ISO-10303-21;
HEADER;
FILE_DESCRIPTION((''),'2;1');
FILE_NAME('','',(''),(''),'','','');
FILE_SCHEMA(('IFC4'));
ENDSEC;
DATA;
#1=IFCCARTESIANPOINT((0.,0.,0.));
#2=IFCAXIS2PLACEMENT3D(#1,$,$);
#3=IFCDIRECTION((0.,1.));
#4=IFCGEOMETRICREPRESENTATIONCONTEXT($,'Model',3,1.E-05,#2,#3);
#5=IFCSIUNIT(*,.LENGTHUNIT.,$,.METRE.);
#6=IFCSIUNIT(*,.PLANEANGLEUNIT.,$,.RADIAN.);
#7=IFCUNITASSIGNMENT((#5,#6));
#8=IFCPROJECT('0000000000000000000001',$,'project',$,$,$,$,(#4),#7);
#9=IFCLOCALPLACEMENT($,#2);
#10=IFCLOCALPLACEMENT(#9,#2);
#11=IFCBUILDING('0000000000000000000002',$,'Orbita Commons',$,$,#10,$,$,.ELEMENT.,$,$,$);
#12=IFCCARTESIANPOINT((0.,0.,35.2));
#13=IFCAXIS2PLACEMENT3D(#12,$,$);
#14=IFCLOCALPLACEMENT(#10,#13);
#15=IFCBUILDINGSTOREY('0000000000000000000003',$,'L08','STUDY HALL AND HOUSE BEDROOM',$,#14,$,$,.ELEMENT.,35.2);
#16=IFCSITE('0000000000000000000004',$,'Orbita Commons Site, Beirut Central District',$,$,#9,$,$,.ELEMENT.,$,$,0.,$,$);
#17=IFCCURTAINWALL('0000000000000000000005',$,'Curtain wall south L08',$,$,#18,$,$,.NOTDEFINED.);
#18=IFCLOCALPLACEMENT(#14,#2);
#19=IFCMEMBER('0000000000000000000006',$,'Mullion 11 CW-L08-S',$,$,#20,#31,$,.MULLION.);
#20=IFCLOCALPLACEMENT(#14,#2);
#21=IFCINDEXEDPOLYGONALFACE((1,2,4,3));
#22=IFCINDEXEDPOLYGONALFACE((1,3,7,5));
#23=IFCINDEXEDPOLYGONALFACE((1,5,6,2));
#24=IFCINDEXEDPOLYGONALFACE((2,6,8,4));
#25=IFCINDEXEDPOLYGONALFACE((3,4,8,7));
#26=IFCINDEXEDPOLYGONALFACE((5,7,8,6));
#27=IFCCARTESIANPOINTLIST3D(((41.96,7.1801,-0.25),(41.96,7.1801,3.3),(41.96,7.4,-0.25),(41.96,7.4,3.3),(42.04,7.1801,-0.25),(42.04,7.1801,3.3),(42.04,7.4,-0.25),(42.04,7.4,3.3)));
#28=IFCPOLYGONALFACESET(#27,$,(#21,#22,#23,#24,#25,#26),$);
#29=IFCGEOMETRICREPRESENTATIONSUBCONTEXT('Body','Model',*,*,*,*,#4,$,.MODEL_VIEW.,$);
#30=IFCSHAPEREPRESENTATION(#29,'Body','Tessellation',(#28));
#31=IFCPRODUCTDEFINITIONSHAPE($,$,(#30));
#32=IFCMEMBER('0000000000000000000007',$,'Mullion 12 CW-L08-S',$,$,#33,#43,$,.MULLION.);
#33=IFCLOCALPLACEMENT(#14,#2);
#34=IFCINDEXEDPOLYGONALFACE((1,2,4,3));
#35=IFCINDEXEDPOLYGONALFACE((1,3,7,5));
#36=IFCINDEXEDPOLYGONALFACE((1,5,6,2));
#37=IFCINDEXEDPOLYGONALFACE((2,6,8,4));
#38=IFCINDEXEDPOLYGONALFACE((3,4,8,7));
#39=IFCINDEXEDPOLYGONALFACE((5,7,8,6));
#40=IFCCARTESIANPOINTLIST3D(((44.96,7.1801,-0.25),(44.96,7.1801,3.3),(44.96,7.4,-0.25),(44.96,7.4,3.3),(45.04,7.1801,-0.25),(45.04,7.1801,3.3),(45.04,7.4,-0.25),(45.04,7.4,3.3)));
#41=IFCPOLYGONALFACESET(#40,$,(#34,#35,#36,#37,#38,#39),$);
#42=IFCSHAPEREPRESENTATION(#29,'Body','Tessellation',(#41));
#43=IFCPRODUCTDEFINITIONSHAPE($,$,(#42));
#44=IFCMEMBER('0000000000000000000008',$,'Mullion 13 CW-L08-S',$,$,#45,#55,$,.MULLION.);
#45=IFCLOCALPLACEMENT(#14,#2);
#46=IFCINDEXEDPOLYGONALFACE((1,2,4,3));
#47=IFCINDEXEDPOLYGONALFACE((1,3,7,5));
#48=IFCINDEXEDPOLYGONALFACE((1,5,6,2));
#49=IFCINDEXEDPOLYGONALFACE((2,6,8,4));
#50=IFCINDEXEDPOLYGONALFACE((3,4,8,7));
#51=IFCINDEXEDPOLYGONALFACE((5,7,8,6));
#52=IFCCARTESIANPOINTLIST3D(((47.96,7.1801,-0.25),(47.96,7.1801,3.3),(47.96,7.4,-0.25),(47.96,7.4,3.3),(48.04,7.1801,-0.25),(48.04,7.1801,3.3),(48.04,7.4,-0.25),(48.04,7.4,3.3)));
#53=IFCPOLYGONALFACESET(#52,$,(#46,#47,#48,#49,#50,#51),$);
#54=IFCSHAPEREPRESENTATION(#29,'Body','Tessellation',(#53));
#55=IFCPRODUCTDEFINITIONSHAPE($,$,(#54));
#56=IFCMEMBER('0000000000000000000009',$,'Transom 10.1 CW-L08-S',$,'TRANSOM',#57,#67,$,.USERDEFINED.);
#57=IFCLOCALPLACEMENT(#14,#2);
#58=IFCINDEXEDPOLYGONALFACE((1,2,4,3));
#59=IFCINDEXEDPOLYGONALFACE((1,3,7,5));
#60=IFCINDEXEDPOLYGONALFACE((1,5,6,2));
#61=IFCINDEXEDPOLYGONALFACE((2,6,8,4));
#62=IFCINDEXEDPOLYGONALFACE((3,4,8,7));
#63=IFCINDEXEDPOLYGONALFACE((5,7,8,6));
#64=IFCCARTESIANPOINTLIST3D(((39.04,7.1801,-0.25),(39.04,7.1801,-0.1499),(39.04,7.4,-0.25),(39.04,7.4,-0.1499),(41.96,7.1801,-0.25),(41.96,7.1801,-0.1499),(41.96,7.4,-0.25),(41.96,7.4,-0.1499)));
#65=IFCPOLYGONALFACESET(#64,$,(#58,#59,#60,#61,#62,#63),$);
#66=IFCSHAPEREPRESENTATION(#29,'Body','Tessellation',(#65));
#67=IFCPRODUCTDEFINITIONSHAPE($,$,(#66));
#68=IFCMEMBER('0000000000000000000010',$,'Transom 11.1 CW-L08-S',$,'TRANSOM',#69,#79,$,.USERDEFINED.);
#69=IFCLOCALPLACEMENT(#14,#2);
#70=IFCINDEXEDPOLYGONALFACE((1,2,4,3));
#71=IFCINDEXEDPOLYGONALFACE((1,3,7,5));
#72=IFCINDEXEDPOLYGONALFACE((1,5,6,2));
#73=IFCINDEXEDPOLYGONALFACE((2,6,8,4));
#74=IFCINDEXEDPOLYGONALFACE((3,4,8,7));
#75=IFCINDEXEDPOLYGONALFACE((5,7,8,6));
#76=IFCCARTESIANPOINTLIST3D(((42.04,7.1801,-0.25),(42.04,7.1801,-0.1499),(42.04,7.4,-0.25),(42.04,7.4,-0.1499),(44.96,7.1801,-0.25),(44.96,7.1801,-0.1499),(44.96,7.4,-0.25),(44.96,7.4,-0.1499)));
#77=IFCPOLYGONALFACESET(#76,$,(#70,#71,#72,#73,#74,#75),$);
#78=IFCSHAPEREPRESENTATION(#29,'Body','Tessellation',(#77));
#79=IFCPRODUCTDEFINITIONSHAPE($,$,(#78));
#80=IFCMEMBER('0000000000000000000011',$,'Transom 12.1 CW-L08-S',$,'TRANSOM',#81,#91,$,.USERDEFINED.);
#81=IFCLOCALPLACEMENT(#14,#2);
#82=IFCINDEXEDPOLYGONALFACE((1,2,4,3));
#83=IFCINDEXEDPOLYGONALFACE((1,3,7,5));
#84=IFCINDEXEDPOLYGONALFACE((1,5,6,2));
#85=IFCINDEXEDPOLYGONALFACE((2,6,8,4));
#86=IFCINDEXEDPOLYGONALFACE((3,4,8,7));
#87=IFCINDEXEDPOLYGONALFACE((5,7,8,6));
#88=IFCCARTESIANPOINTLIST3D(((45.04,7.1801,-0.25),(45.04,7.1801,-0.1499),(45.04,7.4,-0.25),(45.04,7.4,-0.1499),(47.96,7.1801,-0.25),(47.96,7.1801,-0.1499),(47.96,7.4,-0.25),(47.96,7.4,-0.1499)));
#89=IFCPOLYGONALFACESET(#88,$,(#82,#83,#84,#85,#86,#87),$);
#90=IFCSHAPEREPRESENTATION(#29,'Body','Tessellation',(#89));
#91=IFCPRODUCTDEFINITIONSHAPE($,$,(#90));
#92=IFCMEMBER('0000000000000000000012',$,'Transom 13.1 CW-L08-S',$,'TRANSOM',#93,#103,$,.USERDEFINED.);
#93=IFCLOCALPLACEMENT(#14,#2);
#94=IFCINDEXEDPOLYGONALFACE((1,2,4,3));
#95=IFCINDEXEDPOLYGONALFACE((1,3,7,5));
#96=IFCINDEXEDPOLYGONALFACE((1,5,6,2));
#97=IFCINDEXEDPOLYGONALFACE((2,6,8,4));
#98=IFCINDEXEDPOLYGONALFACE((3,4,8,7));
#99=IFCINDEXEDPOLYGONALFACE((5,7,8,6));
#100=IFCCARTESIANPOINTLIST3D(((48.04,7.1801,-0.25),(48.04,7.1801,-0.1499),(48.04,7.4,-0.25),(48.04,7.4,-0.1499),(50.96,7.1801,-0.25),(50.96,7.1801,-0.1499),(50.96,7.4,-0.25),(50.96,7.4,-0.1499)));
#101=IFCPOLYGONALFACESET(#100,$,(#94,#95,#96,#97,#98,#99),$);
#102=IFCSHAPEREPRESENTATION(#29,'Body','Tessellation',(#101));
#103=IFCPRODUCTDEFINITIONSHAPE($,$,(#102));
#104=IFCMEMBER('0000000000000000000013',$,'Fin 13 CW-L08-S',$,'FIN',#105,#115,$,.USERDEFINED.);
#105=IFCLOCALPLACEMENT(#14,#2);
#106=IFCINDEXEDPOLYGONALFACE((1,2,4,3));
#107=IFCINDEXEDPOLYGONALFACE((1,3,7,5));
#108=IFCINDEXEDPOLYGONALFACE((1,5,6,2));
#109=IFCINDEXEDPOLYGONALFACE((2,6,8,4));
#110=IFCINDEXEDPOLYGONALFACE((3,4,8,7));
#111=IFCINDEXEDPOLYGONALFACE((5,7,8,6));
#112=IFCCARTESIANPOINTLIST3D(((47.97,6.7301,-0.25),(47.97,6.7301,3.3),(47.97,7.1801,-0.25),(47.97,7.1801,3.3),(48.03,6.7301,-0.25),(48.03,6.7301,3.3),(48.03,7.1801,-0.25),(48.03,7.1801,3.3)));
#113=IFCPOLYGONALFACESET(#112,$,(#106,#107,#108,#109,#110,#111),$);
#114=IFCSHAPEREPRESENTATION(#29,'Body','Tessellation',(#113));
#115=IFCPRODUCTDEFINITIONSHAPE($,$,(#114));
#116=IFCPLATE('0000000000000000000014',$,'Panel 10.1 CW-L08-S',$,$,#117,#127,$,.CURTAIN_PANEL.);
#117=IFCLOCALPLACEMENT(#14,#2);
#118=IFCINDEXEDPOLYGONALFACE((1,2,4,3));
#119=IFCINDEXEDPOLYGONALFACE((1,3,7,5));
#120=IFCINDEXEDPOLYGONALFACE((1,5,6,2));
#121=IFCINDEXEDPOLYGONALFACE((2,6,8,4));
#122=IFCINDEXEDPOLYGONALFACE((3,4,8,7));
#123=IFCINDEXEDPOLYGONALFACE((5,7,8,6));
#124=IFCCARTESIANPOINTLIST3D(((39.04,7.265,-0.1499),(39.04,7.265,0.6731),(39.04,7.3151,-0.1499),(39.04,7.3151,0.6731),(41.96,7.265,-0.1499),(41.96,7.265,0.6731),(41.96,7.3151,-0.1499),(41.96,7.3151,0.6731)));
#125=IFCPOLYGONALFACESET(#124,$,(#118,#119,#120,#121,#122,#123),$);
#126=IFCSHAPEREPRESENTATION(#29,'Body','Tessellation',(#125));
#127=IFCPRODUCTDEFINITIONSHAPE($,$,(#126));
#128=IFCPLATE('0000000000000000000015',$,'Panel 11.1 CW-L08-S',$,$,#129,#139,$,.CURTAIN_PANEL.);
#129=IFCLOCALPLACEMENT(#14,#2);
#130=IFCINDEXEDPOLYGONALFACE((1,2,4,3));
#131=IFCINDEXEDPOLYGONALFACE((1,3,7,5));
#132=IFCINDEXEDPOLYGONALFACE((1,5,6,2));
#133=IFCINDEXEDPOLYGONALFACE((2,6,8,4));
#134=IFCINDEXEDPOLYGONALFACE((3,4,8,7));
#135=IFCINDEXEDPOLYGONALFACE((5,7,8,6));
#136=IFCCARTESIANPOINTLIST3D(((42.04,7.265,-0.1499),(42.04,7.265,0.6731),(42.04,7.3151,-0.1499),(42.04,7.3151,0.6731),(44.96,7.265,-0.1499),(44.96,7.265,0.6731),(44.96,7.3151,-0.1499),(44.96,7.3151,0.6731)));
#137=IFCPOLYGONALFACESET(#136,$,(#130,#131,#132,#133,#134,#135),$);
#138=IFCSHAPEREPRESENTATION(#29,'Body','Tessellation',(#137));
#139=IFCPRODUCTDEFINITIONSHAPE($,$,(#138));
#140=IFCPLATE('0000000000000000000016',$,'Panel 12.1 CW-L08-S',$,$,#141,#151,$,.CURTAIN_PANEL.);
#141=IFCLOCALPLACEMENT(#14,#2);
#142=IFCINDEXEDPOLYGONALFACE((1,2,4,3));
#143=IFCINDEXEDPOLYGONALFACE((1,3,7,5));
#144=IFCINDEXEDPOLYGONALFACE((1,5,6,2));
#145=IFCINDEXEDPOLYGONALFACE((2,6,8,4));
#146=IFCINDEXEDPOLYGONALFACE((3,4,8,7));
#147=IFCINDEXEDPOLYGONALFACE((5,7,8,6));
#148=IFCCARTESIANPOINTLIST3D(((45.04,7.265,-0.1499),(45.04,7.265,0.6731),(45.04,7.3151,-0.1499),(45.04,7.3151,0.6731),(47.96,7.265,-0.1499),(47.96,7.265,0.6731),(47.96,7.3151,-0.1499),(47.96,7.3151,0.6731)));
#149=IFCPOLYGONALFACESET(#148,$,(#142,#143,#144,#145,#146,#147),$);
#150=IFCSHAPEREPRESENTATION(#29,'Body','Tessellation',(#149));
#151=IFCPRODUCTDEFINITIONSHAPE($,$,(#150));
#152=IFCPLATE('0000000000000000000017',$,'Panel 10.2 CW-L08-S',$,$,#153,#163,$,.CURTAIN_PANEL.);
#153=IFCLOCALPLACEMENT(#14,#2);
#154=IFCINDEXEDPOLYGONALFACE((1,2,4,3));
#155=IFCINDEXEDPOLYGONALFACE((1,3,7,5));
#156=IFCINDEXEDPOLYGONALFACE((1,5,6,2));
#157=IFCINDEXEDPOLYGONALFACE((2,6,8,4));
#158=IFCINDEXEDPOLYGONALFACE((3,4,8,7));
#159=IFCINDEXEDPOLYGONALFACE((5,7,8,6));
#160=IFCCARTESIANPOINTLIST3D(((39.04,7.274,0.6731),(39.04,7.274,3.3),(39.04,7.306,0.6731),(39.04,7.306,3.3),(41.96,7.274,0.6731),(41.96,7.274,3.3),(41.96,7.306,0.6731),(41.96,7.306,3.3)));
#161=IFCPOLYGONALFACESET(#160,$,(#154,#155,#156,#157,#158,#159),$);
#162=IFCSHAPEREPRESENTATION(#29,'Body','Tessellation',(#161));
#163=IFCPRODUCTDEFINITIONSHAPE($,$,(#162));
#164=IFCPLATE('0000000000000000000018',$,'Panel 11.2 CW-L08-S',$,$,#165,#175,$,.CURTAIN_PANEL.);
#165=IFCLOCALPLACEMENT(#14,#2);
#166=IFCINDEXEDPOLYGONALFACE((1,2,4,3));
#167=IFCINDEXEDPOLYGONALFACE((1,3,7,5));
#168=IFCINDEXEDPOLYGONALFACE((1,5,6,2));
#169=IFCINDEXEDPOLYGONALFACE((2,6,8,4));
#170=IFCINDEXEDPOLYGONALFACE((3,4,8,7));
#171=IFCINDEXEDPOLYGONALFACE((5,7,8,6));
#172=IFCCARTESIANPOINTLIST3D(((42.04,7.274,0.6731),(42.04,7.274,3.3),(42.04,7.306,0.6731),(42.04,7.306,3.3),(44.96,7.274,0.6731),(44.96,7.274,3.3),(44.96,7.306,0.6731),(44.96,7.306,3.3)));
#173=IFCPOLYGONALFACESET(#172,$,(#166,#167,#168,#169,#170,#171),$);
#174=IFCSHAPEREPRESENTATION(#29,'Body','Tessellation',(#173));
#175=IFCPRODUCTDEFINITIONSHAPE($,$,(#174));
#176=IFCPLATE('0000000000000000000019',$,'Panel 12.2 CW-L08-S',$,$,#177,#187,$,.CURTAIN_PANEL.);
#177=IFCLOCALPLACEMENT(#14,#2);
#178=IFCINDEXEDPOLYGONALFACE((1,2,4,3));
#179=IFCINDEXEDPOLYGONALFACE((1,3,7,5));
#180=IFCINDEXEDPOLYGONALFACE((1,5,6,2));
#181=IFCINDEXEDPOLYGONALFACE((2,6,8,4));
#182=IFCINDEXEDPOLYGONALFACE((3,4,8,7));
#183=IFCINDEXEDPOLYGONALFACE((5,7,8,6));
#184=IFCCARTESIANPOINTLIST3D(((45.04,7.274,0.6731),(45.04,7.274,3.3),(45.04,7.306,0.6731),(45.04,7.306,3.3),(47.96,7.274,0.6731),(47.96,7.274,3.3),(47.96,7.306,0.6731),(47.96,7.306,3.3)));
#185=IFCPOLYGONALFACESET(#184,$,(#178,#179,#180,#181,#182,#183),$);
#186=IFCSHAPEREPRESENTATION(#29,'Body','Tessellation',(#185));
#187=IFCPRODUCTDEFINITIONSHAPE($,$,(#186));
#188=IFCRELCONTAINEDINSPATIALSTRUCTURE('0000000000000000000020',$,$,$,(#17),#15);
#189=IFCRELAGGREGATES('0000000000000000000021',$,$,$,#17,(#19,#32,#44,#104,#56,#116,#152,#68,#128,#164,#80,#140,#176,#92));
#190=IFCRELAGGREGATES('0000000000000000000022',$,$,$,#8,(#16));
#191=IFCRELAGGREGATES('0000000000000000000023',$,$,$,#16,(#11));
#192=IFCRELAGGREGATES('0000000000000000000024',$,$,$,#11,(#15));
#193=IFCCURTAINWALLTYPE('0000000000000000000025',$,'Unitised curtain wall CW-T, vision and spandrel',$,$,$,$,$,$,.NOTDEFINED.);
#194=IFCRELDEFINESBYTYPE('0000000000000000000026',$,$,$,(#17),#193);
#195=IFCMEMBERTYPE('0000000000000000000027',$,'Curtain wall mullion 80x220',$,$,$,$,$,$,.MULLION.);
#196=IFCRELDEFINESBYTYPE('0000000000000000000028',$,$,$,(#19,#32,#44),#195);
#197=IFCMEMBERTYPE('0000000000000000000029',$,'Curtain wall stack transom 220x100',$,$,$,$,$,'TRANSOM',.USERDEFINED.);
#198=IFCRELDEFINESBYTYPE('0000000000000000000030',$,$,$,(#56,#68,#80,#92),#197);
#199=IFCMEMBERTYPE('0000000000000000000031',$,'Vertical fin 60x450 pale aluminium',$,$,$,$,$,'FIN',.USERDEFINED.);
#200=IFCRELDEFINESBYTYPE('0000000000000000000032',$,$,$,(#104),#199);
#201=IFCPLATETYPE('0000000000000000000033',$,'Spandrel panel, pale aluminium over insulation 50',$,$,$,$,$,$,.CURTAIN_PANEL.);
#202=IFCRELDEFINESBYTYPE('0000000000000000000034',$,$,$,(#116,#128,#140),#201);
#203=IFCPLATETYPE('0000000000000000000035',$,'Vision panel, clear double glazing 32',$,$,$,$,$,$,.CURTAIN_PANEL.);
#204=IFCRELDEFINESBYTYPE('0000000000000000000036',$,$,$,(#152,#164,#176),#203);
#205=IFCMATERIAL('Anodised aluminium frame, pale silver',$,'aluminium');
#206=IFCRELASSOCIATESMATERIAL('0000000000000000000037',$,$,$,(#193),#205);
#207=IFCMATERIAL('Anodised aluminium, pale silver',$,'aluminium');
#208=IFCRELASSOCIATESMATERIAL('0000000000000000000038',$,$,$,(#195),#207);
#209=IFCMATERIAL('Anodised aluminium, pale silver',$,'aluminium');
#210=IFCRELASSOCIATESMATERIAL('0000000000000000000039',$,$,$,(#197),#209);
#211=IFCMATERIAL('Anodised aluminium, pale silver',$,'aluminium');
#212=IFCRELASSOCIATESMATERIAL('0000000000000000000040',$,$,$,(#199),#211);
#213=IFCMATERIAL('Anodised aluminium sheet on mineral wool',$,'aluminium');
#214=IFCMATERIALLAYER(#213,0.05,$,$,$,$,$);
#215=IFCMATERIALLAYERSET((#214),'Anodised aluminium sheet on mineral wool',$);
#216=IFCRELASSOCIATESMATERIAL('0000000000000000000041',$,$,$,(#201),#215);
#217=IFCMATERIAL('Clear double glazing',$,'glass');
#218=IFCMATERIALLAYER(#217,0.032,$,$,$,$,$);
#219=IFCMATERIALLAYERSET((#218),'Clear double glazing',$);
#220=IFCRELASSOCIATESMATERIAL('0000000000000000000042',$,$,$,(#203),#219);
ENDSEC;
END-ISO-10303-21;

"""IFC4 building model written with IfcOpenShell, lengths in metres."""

from ifc_helpers import new_model, si_unit, direction, frame, origin, origin_2d, place, context, subcontext, project, spatial, rectangle, extrude, material, layer, layer_set, material_profile, profile_set, type_object, element, aggregate, save


model = new_model("IFC4")

# Units and contexts
model_context = context("Model", 3, precision=1e-05, world=origin(), true_north=direction((0.0, 1.0)))
body_context = subcontext(model_context, "Body", "Model", "MODEL_VIEW")
ifc_project = project(units=[si_unit("LENGTHUNIT", "METRE"), si_unit("PLANEANGLEUNIT", "RADIAN")], contexts=[model_context])

# Site, building, storey
site_placement = place(None, origin())
site = spatial("IfcSite", under=ifc_project, at=site_placement, Name="Orbita Commons Site, Beirut Central District", CompositionType="ELEMENT", RefElevation=0.0)
building_placement = place(site_placement, origin())
building = spatial("IfcBuilding", under=site, at=building_placement, Name="Orbita Commons", CompositionType="ELEMENT")
storey_placement = place(building_placement, frame((0.0, 0.0, 35.2)))
storey = spatial("IfcBuildingStorey", under=building, at=storey_placement, Name="L08", Description="STUDY HALL AND HOUSE BEDROOM", CompositionType="ELEMENT", Elevation=35.2)

# Curtain wall, members, plates
ifc_material_1 = material(Name="Anodised aluminium frame, pale silver", Category="aluminium")
curtain_wall_type = type_object("IfcCurtainWallType", Name="Unitised curtain wall CW-T, vision and spandrel", PredefinedType="NOTDEFINED", material=ifc_material_1)
curtain_wall_placement = place(storey_placement, origin())
curtain_wall = element("IfcCurtainWall", 1, at=curtain_wall_placement, inside=storey, type_object=curtain_wall_type, Name="Curtain wall south L08", PredefinedType="NOTDEFINED")
ifc_material_2 = material(Name="Anodised aluminium, pale silver", Category="aluminium")
ifc_material_profile_1 = material_profile(ifc_material_2, rectangle(XDim=0.0801, YDim=0.22, at=origin_2d()), Name="AL 80x220")
ifc_profile_set_1 = profile_set([ifc_material_profile_1], Name="Anodised aluminium, pale silver")
member_type_1 = type_object("IfcMemberType", Name="Curtain wall mullion 80x220", PredefinedType="MULLION", material=ifc_profile_set_1)
member_1_placement = place(storey_placement, frame((42.0, 7.29, -0.25), z_axis=(0.0, 0.0, 1.0), x_axis=(1.0, 0.0, 0.0)))
member_1 = element("IfcMember", 2, at=member_1_placement, type_object=member_type_1, Name="Mullion 11 CW-L08-S", PredefinedType="MULLION", context=body_context, shape_type="SweptSolid", body=[
    extrude(rectangle(XDim=0.0801, YDim=0.22, at=origin_2d()), origin(), (0.0, 0.0, 1.0), 3.55),
])
member_2_placement = place(storey_placement, frame((45.0, 7.29, -0.25), z_axis=(0.0, 0.0, 1.0), x_axis=(1.0, 0.0, 0.0)))
member_2 = element("IfcMember", 3, at=member_2_placement, type_object=member_type_1, Name="Mullion 12 CW-L08-S", PredefinedType="MULLION", context=body_context, shape_type="SweptSolid", body=[
    extrude(rectangle(XDim=0.0801, YDim=0.22, at=origin_2d()), origin(), (0.0, 0.0, 1.0), 3.55),
])
member_3_placement = place(storey_placement, frame((48.0, 7.29, -0.25), z_axis=(0.0, 0.0, 1.0), x_axis=(1.0, 0.0, 0.0)))
member_3 = element("IfcMember", 4, at=member_3_placement, type_object=member_type_1, Name="Mullion 13 CW-L08-S", PredefinedType="MULLION", context=body_context, shape_type="SweptSolid", body=[
    extrude(rectangle(XDim=0.0801, YDim=0.22, at=origin_2d()), origin(), (0.0, 0.0, 1.0), 3.55),
])
ifc_material_3 = material(Name="Anodised aluminium, pale silver", Category="aluminium")
ifc_material_profile_2 = material_profile(ifc_material_3, rectangle(XDim=0.22, YDim=0.1001, at=origin_2d()), Name="AL 220x100")
ifc_profile_set_2 = profile_set([ifc_material_profile_2], Name="Anodised aluminium, pale silver")
member_type_2 = type_object("IfcMemberType", Name="Curtain wall stack transom 220x100", ElementType="TRANSOM", PredefinedType="USERDEFINED", material=ifc_profile_set_2)
member_4_placement = place(storey_placement, frame((39.04, 7.29, -0.2), z_axis=(1.0, 0.0, 0.0), x_axis=(0.0, 1.0, 0.0)))
member_4 = element("IfcMember", 5, at=member_4_placement, type_object=member_type_2, Name="Transom 10.1 CW-L08-S", ObjectType="TRANSOM", PredefinedType="USERDEFINED", context=body_context, shape_type="SweptSolid", body=[
    extrude(rectangle(XDim=0.22, YDim=0.1001, at=origin_2d()), origin(), (0.0, 0.0, 1.0), 2.9199),
])
member_5_placement = place(storey_placement, frame((42.04, 7.29, -0.2), z_axis=(1.0, 0.0, 0.0), x_axis=(0.0, 1.0, 0.0)))
member_5 = element("IfcMember", 6, at=member_5_placement, type_object=member_type_2, Name="Transom 11.1 CW-L08-S", ObjectType="TRANSOM", PredefinedType="USERDEFINED", context=body_context, shape_type="SweptSolid", body=[
    extrude(rectangle(XDim=0.22, YDim=0.1001, at=origin_2d()), origin(), (0.0, 0.0, 1.0), 2.9199),
])
member_6_placement = place(storey_placement, frame((45.04, 7.29, -0.2), z_axis=(1.0, 0.0, 0.0), x_axis=(0.0, 1.0, 0.0)))
member_6 = element("IfcMember", 7, at=member_6_placement, type_object=member_type_2, Name="Transom 12.1 CW-L08-S", ObjectType="TRANSOM", PredefinedType="USERDEFINED", context=body_context, shape_type="SweptSolid", body=[
    extrude(rectangle(XDim=0.22, YDim=0.1001, at=origin_2d()), origin(), (0.0, 0.0, 1.0), 2.9199),
])
member_7_placement = place(storey_placement, frame((48.04, 7.29, -0.2), z_axis=(1.0, 0.0, 0.0), x_axis=(0.0, 1.0, 0.0)))
member_7 = element("IfcMember", 8, at=member_7_placement, type_object=member_type_2, Name="Transom 13.1 CW-L08-S", ObjectType="TRANSOM", PredefinedType="USERDEFINED", context=body_context, shape_type="SweptSolid", body=[
    extrude(rectangle(XDim=0.22, YDim=0.1001, at=origin_2d()), origin(), (0.0, 0.0, 1.0), 2.9199),
])
ifc_material_4 = material(Name="Anodised aluminium, pale silver", Category="aluminium")
ifc_material_profile_3 = material_profile(ifc_material_4, rectangle(XDim=0.0601, YDim=0.45, at=origin_2d()), Name="FIN 60x450")
ifc_profile_set_3 = profile_set([ifc_material_profile_3], Name="Anodised aluminium, pale silver")
member_type_3 = type_object("IfcMemberType", Name="Vertical fin 60x450 pale aluminium", ElementType="FIN", PredefinedType="USERDEFINED", material=ifc_profile_set_3)
member_8_placement = place(storey_placement, frame((48.0, 6.9551, -0.25), z_axis=(0.0, 0.0, 1.0), x_axis=(1.0, 0.0, 0.0)))
member_8 = element("IfcMember", 9, at=member_8_placement, type_object=member_type_3, Name="Fin 13 CW-L08-S", ObjectType="FIN", PredefinedType="USERDEFINED", context=body_context, shape_type="SweptSolid", body=[
    extrude(rectangle(XDim=0.0601, YDim=0.45, at=origin_2d()), origin(), (0.0, 0.0, 1.0), 3.55),
])
ifc_material_5 = material(Name="Anodised aluminium sheet on mineral wool", Category="aluminium")
ifc_layer_1 = layer(ifc_material_5, 0.05)
ifc_layer_set_1 = layer_set([ifc_layer_1], Name="Anodised aluminium sheet on mineral wool")
plate_type_1 = type_object("IfcPlateType", Name="Spandrel panel, pale aluminium over insulation 50", PredefinedType="CURTAIN_PANEL", material=ifc_layer_set_1)
plate_1_placement = place(storey_placement, frame((40.5, 7.29, -0.1499), z_axis=(0.0, 0.0, 1.0), x_axis=(1.0, 0.0, 0.0)))
plate_1 = element("IfcPlate", 10, at=plate_1_placement, type_object=plate_type_1, Name="Panel 10.1 CW-L08-S", PredefinedType="CURTAIN_PANEL", context=body_context, shape_type="SweptSolid", body=[
    extrude(rectangle(XDim=2.9199, YDim=0.05, at=origin_2d()), origin(), (0.0, 0.0, 1.0), 0.823),
])
plate_2_placement = place(storey_placement, frame((43.5, 7.29, -0.1499), z_axis=(0.0, 0.0, 1.0), x_axis=(1.0, 0.0, 0.0)))
plate_2 = element("IfcPlate", 11, at=plate_2_placement, type_object=plate_type_1, Name="Panel 11.1 CW-L08-S", PredefinedType="CURTAIN_PANEL", context=body_context, shape_type="SweptSolid", body=[
    extrude(rectangle(XDim=2.9199, YDim=0.05, at=origin_2d()), origin(), (0.0, 0.0, 1.0), 0.823),
])
plate_3_placement = place(storey_placement, frame((46.5, 7.29, -0.1499), z_axis=(0.0, 0.0, 1.0), x_axis=(1.0, 0.0, 0.0)))
plate_3 = element("IfcPlate", 12, at=plate_3_placement, type_object=plate_type_1, Name="Panel 12.1 CW-L08-S", PredefinedType="CURTAIN_PANEL", context=body_context, shape_type="SweptSolid", body=[
    extrude(rectangle(XDim=2.9199, YDim=0.05, at=origin_2d()), origin(), (0.0, 0.0, 1.0), 0.823),
])
ifc_material_6 = material(Name="Clear double glazing", Category="glass")
ifc_layer_2 = layer(ifc_material_6, 0.032)
ifc_layer_set_2 = layer_set([ifc_layer_2], Name="Clear double glazing")
plate_type_2 = type_object("IfcPlateType", Name="Vision panel, clear double glazing 32", PredefinedType="CURTAIN_PANEL", material=ifc_layer_set_2)
plate_4_placement = place(storey_placement, frame((40.5, 7.29, 0.6731), z_axis=(0.0, 0.0, 1.0), x_axis=(1.0, 0.0, 0.0)))
plate_4 = element("IfcPlate", 13, at=plate_4_placement, type_object=plate_type_2, Name="Panel 10.2 CW-L08-S", PredefinedType="CURTAIN_PANEL", context=body_context, shape_type="SweptSolid", body=[
    extrude(rectangle(XDim=2.9199, YDim=0.032, at=origin_2d()), origin(), (0.0, 0.0, 1.0), 2.627),
])
plate_5_placement = place(storey_placement, frame((43.5, 7.29, 0.6731), z_axis=(0.0, 0.0, 1.0), x_axis=(1.0, 0.0, 0.0)))
plate_5 = element("IfcPlate", 14, at=plate_5_placement, type_object=plate_type_2, Name="Panel 11.2 CW-L08-S", PredefinedType="CURTAIN_PANEL", context=body_context, shape_type="SweptSolid", body=[
    extrude(rectangle(XDim=2.9199, YDim=0.032, at=origin_2d()), origin(), (0.0, 0.0, 1.0), 2.627),
])
plate_6_placement = place(storey_placement, frame((46.5, 7.29, 0.6731), z_axis=(0.0, 0.0, 1.0), x_axis=(1.0, 0.0, 0.0)))
plate_6 = element("IfcPlate", 15, at=plate_6_placement, type_object=plate_type_2, Name="Panel 12.2 CW-L08-S", PredefinedType="CURTAIN_PANEL", context=body_context, shape_type="SweptSolid", body=[
    extrude(rectangle(XDim=2.9199, YDim=0.032, at=origin_2d()), origin(), (0.0, 0.0, 1.0), 2.627),
])
aggregate(curtain_wall, [member_1, member_2, member_3, member_8, member_4, plate_1, plate_4, member_5, plate_2, plate_5, member_6, plate_3, plate_6, member_7])

save(model, "model.ifc")
